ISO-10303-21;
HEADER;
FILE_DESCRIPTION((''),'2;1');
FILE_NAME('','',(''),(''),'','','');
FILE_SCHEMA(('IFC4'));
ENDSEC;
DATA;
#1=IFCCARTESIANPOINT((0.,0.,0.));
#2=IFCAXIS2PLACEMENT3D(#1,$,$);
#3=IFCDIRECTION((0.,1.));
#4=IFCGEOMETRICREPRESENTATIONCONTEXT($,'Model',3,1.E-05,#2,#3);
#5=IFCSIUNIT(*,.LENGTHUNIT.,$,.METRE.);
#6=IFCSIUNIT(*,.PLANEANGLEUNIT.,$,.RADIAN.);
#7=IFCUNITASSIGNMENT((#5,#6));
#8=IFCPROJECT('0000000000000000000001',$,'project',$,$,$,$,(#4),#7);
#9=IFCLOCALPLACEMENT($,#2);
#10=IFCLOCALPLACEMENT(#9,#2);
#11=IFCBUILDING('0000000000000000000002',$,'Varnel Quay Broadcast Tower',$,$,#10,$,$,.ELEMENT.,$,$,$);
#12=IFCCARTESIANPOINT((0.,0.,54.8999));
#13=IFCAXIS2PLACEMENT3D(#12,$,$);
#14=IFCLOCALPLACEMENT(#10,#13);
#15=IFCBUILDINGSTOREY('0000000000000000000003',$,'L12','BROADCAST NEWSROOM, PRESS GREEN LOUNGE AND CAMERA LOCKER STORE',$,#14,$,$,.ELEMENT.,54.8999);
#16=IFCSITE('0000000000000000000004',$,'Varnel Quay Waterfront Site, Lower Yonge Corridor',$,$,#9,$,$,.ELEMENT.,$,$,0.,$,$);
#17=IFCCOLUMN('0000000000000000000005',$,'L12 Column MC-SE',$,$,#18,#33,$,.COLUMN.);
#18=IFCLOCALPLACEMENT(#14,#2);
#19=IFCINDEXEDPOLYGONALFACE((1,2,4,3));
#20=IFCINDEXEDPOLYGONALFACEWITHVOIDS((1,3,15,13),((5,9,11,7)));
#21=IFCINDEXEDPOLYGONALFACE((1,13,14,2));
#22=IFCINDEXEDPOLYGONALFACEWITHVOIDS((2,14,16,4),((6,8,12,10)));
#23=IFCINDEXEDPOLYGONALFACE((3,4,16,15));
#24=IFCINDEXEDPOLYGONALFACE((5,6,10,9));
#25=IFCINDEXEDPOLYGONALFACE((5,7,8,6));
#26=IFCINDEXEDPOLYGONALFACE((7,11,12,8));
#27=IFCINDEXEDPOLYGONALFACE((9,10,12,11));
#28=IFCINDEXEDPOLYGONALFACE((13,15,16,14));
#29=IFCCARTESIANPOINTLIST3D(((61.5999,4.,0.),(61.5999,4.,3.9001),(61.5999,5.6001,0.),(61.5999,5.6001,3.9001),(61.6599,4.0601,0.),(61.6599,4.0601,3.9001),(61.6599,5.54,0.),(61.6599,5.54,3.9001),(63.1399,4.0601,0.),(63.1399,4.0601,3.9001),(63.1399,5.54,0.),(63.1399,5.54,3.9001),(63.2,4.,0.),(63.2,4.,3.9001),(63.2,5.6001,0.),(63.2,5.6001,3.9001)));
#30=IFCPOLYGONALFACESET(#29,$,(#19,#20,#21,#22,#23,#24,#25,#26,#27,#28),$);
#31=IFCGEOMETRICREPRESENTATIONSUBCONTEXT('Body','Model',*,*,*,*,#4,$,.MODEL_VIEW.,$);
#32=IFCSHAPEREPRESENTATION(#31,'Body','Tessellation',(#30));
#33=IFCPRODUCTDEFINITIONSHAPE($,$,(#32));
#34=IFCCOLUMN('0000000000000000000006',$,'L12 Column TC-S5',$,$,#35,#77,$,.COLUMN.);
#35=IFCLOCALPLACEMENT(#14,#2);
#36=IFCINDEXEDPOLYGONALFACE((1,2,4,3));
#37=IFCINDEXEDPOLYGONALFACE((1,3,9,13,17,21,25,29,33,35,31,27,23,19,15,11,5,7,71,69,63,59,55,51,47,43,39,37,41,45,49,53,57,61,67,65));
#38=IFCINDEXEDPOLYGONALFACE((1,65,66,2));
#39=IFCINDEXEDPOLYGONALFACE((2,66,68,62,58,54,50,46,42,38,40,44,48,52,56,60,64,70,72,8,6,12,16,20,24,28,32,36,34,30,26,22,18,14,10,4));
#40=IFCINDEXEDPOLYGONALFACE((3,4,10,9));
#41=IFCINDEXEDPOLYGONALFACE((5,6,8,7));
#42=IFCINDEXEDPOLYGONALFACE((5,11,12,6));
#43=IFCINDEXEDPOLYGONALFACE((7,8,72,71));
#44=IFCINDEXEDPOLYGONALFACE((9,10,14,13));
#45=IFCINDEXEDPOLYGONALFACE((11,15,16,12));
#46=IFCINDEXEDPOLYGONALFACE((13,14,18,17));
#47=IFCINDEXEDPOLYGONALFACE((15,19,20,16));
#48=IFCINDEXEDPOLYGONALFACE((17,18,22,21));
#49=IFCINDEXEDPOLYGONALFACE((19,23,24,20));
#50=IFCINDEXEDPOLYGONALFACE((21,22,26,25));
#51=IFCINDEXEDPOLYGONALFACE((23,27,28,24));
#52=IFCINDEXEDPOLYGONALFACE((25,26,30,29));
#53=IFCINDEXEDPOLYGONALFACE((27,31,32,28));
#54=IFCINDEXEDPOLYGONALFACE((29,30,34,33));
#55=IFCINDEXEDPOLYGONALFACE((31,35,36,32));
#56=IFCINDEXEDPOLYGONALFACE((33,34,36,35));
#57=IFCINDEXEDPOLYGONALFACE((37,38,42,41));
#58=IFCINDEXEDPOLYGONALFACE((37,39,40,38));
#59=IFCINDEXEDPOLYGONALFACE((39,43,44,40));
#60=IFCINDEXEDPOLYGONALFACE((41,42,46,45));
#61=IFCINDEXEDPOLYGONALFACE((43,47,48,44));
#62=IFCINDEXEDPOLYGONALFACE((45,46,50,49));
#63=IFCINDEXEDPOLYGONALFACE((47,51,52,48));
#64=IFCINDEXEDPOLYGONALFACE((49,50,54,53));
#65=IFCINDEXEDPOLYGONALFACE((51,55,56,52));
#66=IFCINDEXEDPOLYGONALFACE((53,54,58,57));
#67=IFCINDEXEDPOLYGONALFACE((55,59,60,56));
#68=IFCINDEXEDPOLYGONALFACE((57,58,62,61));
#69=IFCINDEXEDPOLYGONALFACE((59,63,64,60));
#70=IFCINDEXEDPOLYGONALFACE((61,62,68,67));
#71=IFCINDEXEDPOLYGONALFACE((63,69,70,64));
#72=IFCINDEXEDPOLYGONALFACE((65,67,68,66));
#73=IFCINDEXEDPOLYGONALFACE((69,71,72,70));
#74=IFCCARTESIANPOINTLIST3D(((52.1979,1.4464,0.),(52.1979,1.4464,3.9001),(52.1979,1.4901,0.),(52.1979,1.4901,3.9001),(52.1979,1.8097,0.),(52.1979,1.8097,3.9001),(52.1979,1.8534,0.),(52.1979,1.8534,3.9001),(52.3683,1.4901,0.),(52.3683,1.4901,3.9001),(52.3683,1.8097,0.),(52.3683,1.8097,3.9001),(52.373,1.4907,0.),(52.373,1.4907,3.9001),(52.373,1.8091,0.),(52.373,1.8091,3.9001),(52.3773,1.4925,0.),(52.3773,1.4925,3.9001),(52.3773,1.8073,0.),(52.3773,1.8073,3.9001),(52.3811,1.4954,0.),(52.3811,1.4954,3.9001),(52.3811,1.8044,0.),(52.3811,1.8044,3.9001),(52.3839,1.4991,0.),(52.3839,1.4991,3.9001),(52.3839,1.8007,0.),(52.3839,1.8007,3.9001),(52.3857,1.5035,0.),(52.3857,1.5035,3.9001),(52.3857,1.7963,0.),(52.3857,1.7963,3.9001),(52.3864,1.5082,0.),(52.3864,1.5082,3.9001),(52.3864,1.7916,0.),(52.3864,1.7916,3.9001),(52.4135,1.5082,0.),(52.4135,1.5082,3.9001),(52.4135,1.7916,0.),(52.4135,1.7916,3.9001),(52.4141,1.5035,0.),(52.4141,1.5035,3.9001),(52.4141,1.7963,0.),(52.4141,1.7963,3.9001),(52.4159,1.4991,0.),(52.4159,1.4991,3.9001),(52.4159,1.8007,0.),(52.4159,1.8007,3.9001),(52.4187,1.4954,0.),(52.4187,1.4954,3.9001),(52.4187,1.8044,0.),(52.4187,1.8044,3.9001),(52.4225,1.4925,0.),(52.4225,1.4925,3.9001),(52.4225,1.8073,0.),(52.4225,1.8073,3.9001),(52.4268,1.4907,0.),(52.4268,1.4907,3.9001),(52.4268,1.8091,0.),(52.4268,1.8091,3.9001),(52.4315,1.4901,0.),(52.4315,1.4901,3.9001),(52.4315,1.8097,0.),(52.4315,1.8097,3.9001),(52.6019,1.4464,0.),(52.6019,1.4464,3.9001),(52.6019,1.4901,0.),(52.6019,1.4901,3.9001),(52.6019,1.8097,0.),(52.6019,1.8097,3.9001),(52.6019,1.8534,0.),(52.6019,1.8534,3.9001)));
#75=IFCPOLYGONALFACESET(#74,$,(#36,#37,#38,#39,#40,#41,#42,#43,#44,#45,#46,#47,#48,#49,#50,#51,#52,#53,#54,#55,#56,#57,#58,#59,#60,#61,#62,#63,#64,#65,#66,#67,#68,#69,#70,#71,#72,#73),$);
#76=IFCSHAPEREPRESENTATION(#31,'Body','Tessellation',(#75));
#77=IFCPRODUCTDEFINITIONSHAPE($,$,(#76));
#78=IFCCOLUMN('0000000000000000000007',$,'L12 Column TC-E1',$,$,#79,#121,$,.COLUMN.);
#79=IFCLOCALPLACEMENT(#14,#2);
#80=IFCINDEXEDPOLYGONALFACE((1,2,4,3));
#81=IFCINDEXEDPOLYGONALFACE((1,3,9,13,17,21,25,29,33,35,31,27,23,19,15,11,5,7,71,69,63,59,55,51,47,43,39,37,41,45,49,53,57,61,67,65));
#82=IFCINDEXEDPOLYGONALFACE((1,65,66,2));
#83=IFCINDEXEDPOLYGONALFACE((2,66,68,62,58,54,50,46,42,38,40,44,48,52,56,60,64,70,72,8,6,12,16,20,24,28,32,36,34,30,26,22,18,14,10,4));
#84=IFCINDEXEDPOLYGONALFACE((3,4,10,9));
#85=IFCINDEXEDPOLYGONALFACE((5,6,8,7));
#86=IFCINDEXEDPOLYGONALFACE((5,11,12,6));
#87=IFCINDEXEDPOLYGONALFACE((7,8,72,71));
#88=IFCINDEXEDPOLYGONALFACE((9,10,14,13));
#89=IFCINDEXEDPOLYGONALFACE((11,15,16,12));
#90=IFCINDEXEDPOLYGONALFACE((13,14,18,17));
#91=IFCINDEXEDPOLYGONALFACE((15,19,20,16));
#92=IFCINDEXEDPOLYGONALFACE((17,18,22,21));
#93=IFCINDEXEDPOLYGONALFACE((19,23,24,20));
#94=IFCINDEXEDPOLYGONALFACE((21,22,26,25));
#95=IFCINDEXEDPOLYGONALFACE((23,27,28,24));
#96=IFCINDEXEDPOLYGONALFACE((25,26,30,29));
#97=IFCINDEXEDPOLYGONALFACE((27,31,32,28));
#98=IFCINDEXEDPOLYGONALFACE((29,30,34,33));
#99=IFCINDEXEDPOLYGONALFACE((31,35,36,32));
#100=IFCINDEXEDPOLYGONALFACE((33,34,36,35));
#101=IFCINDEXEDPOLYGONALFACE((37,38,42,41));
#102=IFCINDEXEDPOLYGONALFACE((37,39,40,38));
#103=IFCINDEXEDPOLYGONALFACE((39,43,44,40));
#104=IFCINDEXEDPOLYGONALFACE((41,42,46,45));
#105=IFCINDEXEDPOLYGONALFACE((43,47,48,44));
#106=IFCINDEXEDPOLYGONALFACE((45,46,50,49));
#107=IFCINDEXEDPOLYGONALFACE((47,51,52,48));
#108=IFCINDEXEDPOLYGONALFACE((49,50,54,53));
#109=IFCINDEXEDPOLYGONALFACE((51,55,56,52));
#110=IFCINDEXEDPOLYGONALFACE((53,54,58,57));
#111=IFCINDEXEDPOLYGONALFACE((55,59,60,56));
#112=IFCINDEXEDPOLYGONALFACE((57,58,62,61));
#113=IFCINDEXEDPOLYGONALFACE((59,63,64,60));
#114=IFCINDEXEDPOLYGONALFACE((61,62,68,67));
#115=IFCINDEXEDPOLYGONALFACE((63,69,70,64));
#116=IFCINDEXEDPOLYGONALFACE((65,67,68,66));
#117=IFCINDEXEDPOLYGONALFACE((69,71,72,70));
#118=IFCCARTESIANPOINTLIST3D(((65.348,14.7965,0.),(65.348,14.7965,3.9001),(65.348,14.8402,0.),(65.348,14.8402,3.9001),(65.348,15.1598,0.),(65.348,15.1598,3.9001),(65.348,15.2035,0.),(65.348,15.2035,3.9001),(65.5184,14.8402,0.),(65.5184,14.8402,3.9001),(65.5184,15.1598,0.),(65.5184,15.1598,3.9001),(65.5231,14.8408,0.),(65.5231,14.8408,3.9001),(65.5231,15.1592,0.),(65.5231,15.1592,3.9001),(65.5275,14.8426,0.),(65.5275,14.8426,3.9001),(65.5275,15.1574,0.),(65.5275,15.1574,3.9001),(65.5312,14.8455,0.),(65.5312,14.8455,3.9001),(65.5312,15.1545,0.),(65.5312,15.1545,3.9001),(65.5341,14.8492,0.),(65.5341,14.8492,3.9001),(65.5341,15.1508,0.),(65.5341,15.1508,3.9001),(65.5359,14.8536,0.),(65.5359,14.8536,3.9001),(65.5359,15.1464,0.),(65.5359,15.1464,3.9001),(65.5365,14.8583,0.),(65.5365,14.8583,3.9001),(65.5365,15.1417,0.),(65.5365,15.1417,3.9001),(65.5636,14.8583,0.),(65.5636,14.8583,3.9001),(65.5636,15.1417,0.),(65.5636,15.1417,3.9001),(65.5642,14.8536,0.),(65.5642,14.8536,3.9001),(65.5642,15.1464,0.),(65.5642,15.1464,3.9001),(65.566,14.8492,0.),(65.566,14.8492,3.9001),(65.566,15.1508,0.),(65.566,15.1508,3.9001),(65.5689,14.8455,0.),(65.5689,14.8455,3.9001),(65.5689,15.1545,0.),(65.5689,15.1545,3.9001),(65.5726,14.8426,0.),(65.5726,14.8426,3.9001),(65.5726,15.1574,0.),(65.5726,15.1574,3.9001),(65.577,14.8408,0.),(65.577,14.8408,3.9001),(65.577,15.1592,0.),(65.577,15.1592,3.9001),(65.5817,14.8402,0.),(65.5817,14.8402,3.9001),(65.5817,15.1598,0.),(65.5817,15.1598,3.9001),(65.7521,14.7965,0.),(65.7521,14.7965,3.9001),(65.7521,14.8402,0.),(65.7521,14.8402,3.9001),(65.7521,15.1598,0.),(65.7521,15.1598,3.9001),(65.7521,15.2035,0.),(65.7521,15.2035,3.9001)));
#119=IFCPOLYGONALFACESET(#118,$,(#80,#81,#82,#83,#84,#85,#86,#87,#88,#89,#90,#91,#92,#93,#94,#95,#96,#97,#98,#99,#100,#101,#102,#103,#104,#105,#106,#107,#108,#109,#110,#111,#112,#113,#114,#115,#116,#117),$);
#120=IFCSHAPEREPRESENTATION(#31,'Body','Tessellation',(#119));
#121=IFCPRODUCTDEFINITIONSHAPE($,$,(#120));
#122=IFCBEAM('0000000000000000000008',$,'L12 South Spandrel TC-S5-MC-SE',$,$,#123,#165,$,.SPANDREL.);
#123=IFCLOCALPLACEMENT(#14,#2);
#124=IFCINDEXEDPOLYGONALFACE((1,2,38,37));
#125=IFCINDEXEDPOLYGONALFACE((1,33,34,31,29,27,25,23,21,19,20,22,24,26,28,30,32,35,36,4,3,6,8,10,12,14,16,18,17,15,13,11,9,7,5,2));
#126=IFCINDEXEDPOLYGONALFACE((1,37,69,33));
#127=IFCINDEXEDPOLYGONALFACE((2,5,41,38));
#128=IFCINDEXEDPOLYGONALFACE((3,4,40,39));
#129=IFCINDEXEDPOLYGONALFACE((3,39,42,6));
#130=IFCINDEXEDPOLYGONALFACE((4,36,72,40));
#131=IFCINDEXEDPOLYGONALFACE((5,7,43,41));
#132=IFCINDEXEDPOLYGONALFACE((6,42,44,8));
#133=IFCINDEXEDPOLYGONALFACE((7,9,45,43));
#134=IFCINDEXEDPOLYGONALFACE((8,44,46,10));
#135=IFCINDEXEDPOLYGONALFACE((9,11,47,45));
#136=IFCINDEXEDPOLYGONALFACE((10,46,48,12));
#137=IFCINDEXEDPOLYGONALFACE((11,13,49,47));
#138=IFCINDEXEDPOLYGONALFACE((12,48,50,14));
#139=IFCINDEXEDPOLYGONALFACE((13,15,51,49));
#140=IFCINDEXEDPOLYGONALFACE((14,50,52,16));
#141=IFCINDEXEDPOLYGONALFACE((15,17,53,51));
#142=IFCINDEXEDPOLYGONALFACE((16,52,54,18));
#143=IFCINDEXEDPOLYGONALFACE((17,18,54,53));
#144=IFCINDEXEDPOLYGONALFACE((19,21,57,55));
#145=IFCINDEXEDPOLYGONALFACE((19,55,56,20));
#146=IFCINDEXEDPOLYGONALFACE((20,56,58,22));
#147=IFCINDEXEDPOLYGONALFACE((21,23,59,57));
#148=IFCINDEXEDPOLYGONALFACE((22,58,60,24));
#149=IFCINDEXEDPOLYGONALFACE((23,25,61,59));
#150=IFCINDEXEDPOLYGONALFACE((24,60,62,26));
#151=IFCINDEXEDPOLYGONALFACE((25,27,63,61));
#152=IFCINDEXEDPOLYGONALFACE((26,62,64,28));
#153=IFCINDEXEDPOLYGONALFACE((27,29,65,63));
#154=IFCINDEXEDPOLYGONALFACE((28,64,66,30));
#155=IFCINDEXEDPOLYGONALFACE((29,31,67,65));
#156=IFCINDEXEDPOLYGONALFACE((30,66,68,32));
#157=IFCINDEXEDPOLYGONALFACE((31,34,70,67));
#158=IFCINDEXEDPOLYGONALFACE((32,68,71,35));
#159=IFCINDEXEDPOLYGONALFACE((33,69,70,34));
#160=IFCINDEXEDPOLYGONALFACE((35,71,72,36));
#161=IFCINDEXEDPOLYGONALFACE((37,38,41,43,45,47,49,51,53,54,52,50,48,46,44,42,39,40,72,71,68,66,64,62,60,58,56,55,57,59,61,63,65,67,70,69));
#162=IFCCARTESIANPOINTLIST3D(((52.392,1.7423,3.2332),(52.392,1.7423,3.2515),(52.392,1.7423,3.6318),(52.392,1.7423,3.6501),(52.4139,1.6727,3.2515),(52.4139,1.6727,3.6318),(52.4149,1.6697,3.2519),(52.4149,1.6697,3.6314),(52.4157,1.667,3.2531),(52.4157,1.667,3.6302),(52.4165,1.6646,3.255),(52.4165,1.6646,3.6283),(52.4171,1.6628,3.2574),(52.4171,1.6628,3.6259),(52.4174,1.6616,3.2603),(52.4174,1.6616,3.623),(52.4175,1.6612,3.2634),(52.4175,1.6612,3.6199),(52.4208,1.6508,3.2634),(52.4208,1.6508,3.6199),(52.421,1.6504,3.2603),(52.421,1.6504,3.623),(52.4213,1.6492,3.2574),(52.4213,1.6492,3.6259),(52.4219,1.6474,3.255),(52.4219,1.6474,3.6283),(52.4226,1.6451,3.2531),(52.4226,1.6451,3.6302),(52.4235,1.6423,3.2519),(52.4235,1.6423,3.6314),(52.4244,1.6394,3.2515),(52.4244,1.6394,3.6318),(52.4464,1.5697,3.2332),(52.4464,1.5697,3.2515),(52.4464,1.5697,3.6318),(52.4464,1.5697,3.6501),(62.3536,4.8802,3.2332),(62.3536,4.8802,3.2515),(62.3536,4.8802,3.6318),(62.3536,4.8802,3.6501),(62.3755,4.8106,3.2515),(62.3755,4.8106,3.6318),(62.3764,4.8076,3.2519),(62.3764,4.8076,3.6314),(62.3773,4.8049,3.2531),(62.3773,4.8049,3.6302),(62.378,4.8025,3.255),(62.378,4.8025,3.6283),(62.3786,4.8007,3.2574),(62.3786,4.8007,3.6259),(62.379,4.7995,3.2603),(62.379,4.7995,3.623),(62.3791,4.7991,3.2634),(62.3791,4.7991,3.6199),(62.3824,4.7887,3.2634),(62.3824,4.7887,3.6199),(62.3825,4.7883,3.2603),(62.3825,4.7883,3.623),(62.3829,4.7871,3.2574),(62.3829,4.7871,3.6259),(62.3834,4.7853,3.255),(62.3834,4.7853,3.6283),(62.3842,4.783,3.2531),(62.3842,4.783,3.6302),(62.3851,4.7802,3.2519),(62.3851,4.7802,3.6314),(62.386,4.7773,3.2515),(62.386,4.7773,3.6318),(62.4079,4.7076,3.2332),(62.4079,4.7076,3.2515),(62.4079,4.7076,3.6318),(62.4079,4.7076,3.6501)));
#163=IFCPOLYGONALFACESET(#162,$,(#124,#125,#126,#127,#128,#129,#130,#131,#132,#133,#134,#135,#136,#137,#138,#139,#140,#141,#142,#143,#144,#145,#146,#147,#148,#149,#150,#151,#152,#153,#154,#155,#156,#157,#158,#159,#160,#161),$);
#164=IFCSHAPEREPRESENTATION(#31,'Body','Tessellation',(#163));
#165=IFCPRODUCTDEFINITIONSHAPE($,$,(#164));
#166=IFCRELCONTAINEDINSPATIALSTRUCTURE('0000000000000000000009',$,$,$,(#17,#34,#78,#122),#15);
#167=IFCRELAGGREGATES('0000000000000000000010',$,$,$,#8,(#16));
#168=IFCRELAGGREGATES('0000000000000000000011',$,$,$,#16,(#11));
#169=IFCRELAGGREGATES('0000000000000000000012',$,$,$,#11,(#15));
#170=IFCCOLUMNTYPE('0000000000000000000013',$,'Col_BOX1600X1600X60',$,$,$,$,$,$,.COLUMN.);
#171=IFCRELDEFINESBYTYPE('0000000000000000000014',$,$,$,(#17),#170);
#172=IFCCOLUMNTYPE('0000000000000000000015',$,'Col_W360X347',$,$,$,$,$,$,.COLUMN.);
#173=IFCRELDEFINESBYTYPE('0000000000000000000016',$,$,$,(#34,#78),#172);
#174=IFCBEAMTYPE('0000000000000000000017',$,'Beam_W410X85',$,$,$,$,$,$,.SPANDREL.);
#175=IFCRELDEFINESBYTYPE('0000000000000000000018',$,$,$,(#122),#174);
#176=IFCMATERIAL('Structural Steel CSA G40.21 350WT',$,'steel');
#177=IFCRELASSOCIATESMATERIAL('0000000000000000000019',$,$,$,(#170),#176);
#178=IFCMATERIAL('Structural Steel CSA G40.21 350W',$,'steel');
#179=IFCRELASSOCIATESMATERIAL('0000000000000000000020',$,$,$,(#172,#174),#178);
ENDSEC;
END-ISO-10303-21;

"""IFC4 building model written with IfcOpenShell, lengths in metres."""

from ifc_helpers import new_model, si_unit, direction, frame, origin, origin_2d, place, context, subcontext, project, spatial, hollow_rectangle, i_section, extrude, source, transform, mapped, material, material_profile, profile_set, type_object, type_shapes, element, save


model = new_model("IFC4")

# Units and contexts
model_context = context("Model", 3, precision=1e-05, world=origin(), true_north=direction((0.0, 1.0)))
body_context = subcontext(model_context, "Body", "Model", "MODEL_VIEW")
ifc_project = project(units=[si_unit("LENGTHUNIT", "METRE"), si_unit("PLANEANGLEUNIT", "RADIAN")], contexts=[model_context])

# Site, building, storey
site_placement = place(None, origin())
site = spatial("IfcSite", under=ifc_project, at=site_placement, Name="Varnel Quay Waterfront Site, Lower Yonge Corridor", CompositionType="ELEMENT", RefElevation=0.0)
building_placement = place(site_placement, origin())
building = spatial("IfcBuilding", under=site, at=building_placement, Name="Varnel Quay Broadcast Tower", CompositionType="ELEMENT")
storey_placement = place(building_placement, frame((0.0, 0.0, 54.8999)))
storey = spatial("IfcBuildingStorey", under=building, at=storey_placement, Name="L12", Description="BROADCAST NEWSROOM, PRESS GREEN LOUNGE AND CAMERA LOCKER STORE", CompositionType="ELEMENT", Elevation=54.8999)

# Columns
ifc_material_1 = material(Name="Structural Steel CSA G40.21 350WT", Category="steel")
ifc_material_profile_1 = material_profile(ifc_material_1, hollow_rectangle(XDim=1.6001, YDim=1.6001, WallThickness=0.0601, at=origin_2d()), Name="BOX1600X1600X60")
ifc_profile_set_1 = profile_set([ifc_material_profile_1], Name="Structural Steel CSA G40.21 350WT")
column_type_1 = type_object("IfcColumnType", Name="Col_BOX1600X1600X60", PredefinedType="COLUMN", material=ifc_profile_set_1)
shared_shape_1 = source(origin(), body_context, "Body", "SweptSolid", [
    extrude(hollow_rectangle(XDim=1.6001, YDim=1.6001, WallThickness=0.0601, at=origin_2d()), origin(), (0.0, 0.0, 1.0), 3.9001),
])
type_shapes(column_type_1, [shared_shape_1])
column_placement = place(storey_placement, frame((62.3999, 4.8, 0.0), z_axis=(0.0, 0.0, 1.0), x_axis=(1.0, 0.0, 0.0)))
element("IfcColumn", 1, at=column_placement, inside=storey, type_object=column_type_1, Name="L12 Column MC-SE", PredefinedType="COLUMN", context=body_context, shape_type="MappedRepresentation", body=[
    mapped(shared_shape_1, transform((0.0, 0.0, 0.0), x_axis=(1.0, 0.0, 0.0), y_axis=(0.0, 1.0, 0.0), z_axis=(0.0, 0.0, 1.0), scale=1.0)),
])
ifc_material_2 = material(Name="Structural Steel CSA G40.21 350W", Category="steel")
ifc_material_profile_2 = material_profile(ifc_material_2, i_section(OverallWidth=0.4041, OverallDepth=0.407, WebThickness=0.0271, FlangeThickness=0.0437, FilletRadius=0.0181, at=origin_2d()), Name="W360X347")
ifc_profile_set_2 = profile_set([ifc_material_profile_2], Name="Structural Steel CSA G40.21 350W")
column_type_2 = type_object("IfcColumnType", Name="Col_W360X347", PredefinedType="COLUMN", material=ifc_profile_set_2)
shared_shape_2 = source(origin(), body_context, "Body", "SweptSolid", [
    extrude(i_section(OverallWidth=0.4041, OverallDepth=0.407, WebThickness=0.0271, FlangeThickness=0.0437, FilletRadius=0.0181, at=origin_2d()), origin(), (0.0, 0.0, 1.0), 3.9001),
])
type_shapes(column_type_2, [shared_shape_2])
for number, where, z_axis, x_axis, name in (
    (2, (52.3999, 1.6499, 0.0), (0.0, 0.0, 1.0), (1.0, 0.0, 0.0), "L12 Column TC-S5"),
    (3, (65.55, 15.0, 0.0), (0.0, 0.0, 1.0), (1.0, 0.0, 0.0), "L12 Column TC-E1"),
):
    element("IfcColumn", number, at=place(storey_placement, frame(where, z_axis=z_axis, x_axis=x_axis)), inside=storey, type_object=column_type_2, Name=name, PredefinedType="COLUMN", context=body_context, shape_type="MappedRepresentation", body=[
        mapped(shared_shape_2, transform((0.0, 0.0, 0.0), x_axis=(1.0, 0.0, 0.0), y_axis=(0.0, 1.0, 0.0), z_axis=(0.0, 0.0, 1.0), scale=1.0)),
    ])

# Beam
ifc_material_profile_3 = material_profile(ifc_material_2, i_section(OverallWidth=0.1809, OverallDepth=0.417, WebThickness=0.011, FlangeThickness=0.0183, FilletRadius=0.012, at=origin_2d()), Name="W410X85")
ifc_profile_set_3 = profile_set([ifc_material_profile_3], Name="Structural Steel CSA G40.21 350W")
beam_type = type_object("IfcBeamType", Name="Beam_W410X85", PredefinedType="SPANDREL", material=ifc_profile_set_3)
shared_shape_3 = source(origin(), body_context, "Body", "SweptSolid", [
    extrude(i_section(OverallWidth=0.1809, OverallDepth=0.417, WebThickness=0.011, FlangeThickness=0.0183, FilletRadius=0.012, at=origin_2d()), origin(), (0.0, 0.0, 1.0), 10.4441),
])
beam_1_placement = place(storey_placement, frame((52.4192, 1.656, 3.4417), z_axis=(0.953798, 0.300448, 0.0), x_axis=(-0.300448, 0.953798, 0.0)))
element("IfcBeam", 4, at=beam_1_placement, inside=storey, type_object=beam_type, Name="L12 South Spandrel TC-S5-MC-SE", PredefinedType="SPANDREL", context=body_context, shape_type="MappedRepresentation", body=[
    mapped(shared_shape_3, transform((0.0, 0.0, 0.0), x_axis=(1.0, 0.0, 0.0), y_axis=(0.0, 1.0, 0.0), z_axis=(0.0, 0.0, 1.0), scale=1.0)),
])

save(model, "model.ifc")
